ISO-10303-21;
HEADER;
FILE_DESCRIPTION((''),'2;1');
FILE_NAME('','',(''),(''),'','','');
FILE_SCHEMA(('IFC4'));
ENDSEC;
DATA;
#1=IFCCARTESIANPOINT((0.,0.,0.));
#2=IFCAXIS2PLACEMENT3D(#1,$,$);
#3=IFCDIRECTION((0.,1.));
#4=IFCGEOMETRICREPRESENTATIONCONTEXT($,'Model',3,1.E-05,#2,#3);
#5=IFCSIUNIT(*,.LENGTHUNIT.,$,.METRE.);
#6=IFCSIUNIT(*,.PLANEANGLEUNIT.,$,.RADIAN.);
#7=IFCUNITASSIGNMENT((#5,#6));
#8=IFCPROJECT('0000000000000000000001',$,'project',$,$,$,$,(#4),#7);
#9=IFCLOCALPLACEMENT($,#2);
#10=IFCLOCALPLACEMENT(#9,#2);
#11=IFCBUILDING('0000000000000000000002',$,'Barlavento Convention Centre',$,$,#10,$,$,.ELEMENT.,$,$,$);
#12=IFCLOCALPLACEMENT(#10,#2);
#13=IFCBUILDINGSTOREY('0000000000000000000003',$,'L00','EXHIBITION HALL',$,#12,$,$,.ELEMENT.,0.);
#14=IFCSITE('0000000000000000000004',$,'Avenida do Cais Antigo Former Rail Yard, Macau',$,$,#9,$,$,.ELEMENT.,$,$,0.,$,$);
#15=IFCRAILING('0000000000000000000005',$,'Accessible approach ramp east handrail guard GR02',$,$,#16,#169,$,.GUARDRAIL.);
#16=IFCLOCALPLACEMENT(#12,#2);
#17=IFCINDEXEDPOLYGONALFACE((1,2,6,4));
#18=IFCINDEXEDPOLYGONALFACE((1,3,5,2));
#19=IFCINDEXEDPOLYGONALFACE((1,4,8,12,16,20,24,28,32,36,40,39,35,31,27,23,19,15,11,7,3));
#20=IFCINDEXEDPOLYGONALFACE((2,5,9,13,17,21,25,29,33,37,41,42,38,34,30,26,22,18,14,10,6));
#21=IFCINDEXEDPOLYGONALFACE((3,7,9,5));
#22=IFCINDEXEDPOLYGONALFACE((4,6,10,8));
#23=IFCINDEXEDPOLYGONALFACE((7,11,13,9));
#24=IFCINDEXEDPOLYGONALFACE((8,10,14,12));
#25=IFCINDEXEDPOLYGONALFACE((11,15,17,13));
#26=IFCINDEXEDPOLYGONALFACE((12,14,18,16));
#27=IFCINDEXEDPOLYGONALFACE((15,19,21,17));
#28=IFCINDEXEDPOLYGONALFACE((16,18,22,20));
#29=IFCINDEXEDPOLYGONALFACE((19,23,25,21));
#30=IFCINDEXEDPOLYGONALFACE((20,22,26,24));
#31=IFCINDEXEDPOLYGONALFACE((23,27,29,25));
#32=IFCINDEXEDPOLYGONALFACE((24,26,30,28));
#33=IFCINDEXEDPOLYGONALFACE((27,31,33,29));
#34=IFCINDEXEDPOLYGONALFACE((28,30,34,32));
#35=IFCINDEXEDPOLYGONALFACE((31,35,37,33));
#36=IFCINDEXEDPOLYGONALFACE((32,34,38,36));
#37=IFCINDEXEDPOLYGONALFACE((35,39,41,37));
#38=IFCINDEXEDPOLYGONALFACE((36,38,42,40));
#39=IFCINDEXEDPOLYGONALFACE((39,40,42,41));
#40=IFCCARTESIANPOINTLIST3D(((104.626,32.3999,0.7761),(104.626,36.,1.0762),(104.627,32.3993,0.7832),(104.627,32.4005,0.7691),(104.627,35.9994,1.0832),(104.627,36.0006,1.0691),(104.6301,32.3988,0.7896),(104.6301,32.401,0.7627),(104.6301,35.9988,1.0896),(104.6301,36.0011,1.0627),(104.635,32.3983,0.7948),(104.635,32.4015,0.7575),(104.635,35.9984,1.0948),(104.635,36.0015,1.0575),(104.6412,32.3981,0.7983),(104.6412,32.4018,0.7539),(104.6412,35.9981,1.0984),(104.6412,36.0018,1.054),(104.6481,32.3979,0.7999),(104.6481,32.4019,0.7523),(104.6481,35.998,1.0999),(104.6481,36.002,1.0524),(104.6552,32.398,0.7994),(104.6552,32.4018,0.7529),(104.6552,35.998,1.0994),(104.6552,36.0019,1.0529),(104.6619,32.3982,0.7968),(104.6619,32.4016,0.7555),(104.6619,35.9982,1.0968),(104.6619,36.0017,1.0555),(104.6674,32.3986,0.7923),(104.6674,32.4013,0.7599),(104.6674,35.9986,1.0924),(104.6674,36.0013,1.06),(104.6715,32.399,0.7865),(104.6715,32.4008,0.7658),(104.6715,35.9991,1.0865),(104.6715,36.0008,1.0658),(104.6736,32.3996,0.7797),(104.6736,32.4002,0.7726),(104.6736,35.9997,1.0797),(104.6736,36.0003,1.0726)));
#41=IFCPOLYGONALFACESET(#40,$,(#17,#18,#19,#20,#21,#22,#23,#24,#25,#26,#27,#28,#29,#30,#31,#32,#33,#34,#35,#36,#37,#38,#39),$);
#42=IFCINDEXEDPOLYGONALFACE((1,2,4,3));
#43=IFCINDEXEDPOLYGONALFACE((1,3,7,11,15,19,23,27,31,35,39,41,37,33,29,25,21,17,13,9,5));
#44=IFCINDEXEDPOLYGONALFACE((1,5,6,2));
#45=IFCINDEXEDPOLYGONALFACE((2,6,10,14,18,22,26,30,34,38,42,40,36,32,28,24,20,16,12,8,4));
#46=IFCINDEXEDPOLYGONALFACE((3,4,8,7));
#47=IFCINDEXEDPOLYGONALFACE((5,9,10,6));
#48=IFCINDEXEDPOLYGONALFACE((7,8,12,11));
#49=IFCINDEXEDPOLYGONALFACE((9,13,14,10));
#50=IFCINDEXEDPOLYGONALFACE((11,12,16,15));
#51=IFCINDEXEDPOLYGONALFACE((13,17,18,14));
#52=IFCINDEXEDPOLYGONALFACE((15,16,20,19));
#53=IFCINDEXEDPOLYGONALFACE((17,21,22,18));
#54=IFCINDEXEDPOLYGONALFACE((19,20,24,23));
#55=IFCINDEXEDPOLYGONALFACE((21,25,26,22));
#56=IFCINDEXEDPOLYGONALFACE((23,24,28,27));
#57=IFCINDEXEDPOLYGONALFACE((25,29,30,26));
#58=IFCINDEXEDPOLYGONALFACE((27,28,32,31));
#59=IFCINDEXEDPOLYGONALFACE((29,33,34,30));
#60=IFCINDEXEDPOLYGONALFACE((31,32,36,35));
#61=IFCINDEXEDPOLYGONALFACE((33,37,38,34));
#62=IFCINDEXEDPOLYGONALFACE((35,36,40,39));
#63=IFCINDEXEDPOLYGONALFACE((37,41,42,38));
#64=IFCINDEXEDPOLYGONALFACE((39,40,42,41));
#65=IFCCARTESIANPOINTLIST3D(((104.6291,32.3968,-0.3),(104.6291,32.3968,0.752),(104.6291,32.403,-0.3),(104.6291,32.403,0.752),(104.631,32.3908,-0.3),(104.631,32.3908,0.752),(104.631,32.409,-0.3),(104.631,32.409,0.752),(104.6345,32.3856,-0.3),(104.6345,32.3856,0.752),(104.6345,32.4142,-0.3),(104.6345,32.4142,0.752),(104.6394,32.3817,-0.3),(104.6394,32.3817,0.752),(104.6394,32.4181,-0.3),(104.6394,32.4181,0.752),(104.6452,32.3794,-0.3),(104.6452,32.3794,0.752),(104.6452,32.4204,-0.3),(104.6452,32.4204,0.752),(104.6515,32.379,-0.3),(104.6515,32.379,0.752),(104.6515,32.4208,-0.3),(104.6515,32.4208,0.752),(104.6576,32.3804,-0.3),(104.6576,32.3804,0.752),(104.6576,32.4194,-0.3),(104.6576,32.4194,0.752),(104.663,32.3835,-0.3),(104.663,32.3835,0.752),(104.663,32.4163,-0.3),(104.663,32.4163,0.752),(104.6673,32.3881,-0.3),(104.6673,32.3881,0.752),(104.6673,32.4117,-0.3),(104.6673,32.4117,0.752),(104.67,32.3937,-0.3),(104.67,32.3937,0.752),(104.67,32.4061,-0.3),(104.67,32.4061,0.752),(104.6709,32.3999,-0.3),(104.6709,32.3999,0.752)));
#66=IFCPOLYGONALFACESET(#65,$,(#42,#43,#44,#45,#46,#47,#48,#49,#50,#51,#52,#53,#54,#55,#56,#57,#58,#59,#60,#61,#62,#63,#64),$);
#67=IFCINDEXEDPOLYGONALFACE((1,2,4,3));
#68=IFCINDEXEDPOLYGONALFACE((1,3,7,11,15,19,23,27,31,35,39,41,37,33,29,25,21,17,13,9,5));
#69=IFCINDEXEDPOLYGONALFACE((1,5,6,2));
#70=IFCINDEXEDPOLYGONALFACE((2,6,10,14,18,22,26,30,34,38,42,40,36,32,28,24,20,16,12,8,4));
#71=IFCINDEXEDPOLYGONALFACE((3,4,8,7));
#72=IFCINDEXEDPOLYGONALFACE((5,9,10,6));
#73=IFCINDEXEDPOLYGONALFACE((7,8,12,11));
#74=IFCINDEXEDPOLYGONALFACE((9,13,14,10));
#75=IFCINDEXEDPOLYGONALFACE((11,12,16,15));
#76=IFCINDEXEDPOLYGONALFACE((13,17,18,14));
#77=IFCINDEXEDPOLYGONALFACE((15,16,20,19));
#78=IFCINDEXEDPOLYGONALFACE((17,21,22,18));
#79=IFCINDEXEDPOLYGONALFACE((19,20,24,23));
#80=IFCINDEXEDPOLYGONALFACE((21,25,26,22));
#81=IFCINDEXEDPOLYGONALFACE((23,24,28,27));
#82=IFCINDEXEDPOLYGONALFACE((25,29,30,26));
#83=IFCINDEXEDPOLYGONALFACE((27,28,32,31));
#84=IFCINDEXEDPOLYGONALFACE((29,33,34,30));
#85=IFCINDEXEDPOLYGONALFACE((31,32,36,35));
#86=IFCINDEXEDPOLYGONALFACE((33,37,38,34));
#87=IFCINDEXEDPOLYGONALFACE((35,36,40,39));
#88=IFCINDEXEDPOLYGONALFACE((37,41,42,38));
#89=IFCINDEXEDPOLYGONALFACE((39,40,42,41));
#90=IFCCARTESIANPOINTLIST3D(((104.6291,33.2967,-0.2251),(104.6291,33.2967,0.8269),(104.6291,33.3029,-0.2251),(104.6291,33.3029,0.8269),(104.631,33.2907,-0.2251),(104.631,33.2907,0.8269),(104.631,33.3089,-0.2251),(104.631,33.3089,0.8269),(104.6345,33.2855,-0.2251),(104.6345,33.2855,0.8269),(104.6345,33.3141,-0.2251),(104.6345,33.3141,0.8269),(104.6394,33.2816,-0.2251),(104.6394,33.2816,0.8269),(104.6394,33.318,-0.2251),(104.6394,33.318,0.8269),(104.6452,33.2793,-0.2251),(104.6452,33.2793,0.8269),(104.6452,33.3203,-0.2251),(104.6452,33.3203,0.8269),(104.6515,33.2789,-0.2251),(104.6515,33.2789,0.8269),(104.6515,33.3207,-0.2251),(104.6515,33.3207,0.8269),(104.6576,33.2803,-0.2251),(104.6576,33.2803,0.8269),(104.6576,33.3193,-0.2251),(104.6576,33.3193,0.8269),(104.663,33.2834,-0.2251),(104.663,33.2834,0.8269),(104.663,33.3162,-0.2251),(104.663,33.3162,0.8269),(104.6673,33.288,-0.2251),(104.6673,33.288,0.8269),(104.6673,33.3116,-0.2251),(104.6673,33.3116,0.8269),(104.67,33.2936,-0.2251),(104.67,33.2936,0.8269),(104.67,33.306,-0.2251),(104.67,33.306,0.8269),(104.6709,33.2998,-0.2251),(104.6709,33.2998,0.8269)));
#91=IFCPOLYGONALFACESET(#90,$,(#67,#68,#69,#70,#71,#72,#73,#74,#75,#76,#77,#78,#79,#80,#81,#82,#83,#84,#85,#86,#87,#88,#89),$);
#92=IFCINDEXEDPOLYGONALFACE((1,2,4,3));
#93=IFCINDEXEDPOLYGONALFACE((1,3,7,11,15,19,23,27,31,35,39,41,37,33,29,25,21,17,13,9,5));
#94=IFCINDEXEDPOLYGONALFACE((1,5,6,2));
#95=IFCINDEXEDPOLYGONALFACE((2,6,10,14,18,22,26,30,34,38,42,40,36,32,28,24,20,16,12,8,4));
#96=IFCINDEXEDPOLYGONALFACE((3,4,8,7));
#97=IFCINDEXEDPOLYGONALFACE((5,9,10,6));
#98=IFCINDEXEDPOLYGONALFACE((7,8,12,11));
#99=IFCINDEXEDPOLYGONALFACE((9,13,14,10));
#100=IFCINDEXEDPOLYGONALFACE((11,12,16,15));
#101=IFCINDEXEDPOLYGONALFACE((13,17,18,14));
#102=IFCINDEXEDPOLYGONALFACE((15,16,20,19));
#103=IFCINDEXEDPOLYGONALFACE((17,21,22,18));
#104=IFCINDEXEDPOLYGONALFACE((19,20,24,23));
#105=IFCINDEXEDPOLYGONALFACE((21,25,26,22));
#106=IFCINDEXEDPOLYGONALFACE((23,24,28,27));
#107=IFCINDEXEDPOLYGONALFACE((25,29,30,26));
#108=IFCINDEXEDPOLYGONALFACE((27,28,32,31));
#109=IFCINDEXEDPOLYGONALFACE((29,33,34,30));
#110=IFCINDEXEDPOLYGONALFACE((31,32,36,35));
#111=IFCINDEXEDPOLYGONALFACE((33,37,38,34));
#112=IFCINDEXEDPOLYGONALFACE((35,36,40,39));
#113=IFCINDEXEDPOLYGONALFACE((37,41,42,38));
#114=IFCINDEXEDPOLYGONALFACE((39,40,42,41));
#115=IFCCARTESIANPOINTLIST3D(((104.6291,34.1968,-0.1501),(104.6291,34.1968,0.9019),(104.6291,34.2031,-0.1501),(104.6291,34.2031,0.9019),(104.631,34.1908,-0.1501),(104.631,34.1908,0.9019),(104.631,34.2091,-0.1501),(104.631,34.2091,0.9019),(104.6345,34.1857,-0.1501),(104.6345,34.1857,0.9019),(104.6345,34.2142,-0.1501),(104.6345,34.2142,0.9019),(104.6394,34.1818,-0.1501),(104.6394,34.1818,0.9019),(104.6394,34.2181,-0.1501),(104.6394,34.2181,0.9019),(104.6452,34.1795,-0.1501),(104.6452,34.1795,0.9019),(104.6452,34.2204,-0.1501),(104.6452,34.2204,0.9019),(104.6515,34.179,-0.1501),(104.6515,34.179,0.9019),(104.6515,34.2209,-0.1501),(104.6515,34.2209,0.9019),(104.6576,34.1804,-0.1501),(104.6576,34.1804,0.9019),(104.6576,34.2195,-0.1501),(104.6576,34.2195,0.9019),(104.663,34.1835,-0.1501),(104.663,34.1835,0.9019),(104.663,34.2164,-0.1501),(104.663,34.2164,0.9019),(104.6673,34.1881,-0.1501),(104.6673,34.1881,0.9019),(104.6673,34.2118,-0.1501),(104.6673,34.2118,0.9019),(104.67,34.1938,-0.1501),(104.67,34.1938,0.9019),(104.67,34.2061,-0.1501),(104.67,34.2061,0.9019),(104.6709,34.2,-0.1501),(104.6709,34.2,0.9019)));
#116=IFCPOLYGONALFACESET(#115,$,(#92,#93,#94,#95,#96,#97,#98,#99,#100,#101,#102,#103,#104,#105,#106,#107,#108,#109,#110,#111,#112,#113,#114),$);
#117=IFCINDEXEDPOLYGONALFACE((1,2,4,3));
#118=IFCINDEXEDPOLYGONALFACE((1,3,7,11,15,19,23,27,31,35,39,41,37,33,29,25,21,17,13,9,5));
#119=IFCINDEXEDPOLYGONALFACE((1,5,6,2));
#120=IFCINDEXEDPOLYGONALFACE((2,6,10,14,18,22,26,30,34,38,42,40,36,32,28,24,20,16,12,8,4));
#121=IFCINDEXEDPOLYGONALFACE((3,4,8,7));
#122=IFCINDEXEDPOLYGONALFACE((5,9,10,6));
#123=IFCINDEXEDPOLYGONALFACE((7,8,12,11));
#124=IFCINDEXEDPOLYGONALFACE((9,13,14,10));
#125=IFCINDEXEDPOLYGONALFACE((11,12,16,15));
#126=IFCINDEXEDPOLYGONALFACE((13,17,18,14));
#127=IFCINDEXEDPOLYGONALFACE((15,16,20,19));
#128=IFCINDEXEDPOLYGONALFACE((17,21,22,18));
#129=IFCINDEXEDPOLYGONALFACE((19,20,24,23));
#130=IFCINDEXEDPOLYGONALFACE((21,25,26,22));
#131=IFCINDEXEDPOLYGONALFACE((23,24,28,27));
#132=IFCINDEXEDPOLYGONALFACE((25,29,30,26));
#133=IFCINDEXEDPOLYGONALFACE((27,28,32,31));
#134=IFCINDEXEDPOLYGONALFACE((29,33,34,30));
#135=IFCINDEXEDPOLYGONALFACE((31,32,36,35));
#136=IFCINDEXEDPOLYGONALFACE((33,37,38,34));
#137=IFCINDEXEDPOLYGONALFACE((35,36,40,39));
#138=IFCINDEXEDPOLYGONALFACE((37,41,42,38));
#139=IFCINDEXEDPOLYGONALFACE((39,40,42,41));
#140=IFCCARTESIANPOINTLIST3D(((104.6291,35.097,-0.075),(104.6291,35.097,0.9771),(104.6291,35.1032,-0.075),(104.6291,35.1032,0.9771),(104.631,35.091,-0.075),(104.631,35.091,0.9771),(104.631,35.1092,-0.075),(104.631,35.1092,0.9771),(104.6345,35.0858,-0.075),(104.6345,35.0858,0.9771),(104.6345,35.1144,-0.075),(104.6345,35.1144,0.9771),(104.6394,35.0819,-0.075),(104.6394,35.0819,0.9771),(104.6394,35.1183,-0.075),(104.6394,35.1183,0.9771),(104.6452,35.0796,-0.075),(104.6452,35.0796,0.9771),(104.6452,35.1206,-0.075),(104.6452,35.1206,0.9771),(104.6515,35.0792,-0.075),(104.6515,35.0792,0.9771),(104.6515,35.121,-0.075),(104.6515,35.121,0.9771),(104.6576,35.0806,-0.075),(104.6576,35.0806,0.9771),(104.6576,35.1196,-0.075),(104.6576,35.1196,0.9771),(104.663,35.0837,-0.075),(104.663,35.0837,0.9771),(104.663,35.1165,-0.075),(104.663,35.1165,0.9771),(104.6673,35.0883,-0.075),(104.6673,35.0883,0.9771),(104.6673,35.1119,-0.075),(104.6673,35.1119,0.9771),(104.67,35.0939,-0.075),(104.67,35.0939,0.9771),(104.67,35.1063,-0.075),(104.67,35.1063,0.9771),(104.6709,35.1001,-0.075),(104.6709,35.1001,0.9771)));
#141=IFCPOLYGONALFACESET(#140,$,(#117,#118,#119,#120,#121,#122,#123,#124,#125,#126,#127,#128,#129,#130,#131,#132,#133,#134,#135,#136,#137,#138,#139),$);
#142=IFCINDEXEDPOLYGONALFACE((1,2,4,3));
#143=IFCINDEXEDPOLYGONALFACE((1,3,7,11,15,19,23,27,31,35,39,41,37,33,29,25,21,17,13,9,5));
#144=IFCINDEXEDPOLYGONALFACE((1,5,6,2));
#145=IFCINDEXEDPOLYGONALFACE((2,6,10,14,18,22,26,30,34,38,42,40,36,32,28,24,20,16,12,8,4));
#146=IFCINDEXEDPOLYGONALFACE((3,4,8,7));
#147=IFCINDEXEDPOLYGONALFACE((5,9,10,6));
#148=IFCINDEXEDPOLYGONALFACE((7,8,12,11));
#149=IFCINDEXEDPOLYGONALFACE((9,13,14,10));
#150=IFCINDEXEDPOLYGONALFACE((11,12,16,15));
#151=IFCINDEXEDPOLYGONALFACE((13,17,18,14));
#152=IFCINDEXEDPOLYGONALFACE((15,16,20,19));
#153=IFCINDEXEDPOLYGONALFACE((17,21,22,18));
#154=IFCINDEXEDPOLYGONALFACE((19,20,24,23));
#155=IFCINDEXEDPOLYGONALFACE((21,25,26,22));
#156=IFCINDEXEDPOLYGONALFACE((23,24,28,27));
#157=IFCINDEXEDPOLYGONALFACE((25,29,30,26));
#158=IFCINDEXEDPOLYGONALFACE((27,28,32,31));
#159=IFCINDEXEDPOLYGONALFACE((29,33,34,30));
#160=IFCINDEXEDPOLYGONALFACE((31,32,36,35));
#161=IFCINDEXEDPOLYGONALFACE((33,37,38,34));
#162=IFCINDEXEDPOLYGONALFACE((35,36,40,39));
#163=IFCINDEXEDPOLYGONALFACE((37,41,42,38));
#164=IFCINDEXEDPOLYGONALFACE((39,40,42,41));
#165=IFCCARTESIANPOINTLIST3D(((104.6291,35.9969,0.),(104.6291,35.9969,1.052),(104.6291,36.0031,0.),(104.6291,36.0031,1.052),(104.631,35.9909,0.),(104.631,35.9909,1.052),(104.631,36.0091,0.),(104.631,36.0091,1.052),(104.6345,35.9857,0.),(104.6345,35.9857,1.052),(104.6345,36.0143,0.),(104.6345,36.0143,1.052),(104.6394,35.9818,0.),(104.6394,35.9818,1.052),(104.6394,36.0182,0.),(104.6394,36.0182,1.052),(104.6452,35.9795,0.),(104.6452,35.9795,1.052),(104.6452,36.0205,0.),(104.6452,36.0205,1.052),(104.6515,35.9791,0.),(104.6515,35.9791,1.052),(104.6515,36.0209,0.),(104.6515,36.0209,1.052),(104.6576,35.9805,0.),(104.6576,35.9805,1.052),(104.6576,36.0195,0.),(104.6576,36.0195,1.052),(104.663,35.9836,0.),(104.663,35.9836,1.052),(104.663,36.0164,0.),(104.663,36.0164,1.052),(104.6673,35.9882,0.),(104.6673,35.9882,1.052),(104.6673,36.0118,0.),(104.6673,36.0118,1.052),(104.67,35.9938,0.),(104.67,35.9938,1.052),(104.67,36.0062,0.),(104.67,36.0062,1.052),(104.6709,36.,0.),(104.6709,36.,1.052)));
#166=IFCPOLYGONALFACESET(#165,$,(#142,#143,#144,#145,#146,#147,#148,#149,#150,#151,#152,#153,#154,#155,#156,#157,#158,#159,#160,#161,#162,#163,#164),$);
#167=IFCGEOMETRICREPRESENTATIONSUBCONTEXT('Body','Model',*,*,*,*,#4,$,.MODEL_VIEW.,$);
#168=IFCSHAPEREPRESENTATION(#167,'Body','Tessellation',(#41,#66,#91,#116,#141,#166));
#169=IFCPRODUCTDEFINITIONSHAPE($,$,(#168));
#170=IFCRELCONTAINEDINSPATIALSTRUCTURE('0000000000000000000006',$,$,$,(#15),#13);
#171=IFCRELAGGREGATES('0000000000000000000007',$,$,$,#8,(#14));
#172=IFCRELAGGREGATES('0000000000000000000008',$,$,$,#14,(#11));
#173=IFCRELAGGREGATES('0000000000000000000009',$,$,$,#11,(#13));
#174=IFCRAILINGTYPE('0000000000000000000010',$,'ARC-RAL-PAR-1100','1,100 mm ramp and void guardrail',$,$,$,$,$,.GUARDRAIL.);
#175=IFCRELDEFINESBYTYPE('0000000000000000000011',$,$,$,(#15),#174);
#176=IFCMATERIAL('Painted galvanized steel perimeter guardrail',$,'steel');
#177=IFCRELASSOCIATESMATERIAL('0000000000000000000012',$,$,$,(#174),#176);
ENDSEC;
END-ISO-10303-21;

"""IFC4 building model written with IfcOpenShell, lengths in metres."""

from ifc_helpers import new_model, si_unit, direction, frame, origin, origin_2d, place, context, subcontext, project, spatial, circle, extrude, material, type_object, element, save


model = new_model("IFC4")

# Units and contexts
model_context = context("Model", 3, precision=1e-05, world=origin(), true_north=direction((0.0, 1.0)))
body_context = subcontext(model_context, "Body", "Model", "MODEL_VIEW")
ifc_project = project(units=[si_unit("LENGTHUNIT", "METRE"), si_unit("PLANEANGLEUNIT", "RADIAN")], contexts=[model_context])

# Site, building, storey
site_placement = place(None, origin())
site = spatial("IfcSite", under=ifc_project, at=site_placement, Name="Avenida do Cais Antigo Former Rail Yard, Macau", CompositionType="ELEMENT", RefElevation=0.0)
building_placement = place(site_placement, origin())
building = spatial("IfcBuilding", under=site, at=building_placement, Name="Barlavento Convention Centre", CompositionType="ELEMENT")
storey_placement = place(building_placement, origin())
storey = spatial("IfcBuildingStorey", under=building, at=storey_placement, Name="L00", Description="EXHIBITION HALL", CompositionType="ELEMENT", Elevation=0.0)

# Railing
ifc_material_1 = material(Name="Painted galvanized steel perimeter guardrail", Category="steel")
railing_type = type_object("IfcRailingType", Name="ARC-RAL-PAR-1100", Description="1,100 mm ramp and void guardrail", PredefinedType="GUARDRAIL", material=ifc_material_1)
for number, where, name in (
    (1, (104.6499, 32.3999, -0.3), "Accessible approach ramp east handrail guard GR02"),
):
    element("IfcRailing", number, at=place(storey_placement, frame(where)), inside=storey, type_object=railing_type, Name=name, PredefinedType="GUARDRAIL", context=body_context, shape_type="SweptSolid", body=[
        extrude(circle(Radius=0.0239, at=origin_2d()), frame((0.0, 0.0, 1.0762), z_axis=(0.0, 0.996545, 0.083057), x_axis=(-1.0, 0.0, 0.0)), (0.0, 0.0, 1.0), 3.6125),
        extrude(circle(Radius=0.021, at=origin_2d()), origin(), (0.0, 0.0, 1.0), 1.052),
        extrude(circle(Radius=0.021, at=origin_2d()), frame((0.0, 0.8999, 0.075)), (0.0, 0.0, 1.0), 1.052),
        extrude(circle(Radius=0.021, at=origin_2d()), frame((0.0, 1.8, 0.1499)), (0.0, 0.0, 1.0), 1.052),
        extrude(circle(Radius=0.021, at=origin_2d()), frame((0.0, 2.7002, 0.2251)), (0.0, 0.0, 1.0), 1.052),
        extrude(circle(Radius=0.021, at=origin_2d()), frame((0.0, 3.6001, 0.3)), (0.0, 0.0, 1.0), 1.052),
    ])

save(model, "model.ifc")
